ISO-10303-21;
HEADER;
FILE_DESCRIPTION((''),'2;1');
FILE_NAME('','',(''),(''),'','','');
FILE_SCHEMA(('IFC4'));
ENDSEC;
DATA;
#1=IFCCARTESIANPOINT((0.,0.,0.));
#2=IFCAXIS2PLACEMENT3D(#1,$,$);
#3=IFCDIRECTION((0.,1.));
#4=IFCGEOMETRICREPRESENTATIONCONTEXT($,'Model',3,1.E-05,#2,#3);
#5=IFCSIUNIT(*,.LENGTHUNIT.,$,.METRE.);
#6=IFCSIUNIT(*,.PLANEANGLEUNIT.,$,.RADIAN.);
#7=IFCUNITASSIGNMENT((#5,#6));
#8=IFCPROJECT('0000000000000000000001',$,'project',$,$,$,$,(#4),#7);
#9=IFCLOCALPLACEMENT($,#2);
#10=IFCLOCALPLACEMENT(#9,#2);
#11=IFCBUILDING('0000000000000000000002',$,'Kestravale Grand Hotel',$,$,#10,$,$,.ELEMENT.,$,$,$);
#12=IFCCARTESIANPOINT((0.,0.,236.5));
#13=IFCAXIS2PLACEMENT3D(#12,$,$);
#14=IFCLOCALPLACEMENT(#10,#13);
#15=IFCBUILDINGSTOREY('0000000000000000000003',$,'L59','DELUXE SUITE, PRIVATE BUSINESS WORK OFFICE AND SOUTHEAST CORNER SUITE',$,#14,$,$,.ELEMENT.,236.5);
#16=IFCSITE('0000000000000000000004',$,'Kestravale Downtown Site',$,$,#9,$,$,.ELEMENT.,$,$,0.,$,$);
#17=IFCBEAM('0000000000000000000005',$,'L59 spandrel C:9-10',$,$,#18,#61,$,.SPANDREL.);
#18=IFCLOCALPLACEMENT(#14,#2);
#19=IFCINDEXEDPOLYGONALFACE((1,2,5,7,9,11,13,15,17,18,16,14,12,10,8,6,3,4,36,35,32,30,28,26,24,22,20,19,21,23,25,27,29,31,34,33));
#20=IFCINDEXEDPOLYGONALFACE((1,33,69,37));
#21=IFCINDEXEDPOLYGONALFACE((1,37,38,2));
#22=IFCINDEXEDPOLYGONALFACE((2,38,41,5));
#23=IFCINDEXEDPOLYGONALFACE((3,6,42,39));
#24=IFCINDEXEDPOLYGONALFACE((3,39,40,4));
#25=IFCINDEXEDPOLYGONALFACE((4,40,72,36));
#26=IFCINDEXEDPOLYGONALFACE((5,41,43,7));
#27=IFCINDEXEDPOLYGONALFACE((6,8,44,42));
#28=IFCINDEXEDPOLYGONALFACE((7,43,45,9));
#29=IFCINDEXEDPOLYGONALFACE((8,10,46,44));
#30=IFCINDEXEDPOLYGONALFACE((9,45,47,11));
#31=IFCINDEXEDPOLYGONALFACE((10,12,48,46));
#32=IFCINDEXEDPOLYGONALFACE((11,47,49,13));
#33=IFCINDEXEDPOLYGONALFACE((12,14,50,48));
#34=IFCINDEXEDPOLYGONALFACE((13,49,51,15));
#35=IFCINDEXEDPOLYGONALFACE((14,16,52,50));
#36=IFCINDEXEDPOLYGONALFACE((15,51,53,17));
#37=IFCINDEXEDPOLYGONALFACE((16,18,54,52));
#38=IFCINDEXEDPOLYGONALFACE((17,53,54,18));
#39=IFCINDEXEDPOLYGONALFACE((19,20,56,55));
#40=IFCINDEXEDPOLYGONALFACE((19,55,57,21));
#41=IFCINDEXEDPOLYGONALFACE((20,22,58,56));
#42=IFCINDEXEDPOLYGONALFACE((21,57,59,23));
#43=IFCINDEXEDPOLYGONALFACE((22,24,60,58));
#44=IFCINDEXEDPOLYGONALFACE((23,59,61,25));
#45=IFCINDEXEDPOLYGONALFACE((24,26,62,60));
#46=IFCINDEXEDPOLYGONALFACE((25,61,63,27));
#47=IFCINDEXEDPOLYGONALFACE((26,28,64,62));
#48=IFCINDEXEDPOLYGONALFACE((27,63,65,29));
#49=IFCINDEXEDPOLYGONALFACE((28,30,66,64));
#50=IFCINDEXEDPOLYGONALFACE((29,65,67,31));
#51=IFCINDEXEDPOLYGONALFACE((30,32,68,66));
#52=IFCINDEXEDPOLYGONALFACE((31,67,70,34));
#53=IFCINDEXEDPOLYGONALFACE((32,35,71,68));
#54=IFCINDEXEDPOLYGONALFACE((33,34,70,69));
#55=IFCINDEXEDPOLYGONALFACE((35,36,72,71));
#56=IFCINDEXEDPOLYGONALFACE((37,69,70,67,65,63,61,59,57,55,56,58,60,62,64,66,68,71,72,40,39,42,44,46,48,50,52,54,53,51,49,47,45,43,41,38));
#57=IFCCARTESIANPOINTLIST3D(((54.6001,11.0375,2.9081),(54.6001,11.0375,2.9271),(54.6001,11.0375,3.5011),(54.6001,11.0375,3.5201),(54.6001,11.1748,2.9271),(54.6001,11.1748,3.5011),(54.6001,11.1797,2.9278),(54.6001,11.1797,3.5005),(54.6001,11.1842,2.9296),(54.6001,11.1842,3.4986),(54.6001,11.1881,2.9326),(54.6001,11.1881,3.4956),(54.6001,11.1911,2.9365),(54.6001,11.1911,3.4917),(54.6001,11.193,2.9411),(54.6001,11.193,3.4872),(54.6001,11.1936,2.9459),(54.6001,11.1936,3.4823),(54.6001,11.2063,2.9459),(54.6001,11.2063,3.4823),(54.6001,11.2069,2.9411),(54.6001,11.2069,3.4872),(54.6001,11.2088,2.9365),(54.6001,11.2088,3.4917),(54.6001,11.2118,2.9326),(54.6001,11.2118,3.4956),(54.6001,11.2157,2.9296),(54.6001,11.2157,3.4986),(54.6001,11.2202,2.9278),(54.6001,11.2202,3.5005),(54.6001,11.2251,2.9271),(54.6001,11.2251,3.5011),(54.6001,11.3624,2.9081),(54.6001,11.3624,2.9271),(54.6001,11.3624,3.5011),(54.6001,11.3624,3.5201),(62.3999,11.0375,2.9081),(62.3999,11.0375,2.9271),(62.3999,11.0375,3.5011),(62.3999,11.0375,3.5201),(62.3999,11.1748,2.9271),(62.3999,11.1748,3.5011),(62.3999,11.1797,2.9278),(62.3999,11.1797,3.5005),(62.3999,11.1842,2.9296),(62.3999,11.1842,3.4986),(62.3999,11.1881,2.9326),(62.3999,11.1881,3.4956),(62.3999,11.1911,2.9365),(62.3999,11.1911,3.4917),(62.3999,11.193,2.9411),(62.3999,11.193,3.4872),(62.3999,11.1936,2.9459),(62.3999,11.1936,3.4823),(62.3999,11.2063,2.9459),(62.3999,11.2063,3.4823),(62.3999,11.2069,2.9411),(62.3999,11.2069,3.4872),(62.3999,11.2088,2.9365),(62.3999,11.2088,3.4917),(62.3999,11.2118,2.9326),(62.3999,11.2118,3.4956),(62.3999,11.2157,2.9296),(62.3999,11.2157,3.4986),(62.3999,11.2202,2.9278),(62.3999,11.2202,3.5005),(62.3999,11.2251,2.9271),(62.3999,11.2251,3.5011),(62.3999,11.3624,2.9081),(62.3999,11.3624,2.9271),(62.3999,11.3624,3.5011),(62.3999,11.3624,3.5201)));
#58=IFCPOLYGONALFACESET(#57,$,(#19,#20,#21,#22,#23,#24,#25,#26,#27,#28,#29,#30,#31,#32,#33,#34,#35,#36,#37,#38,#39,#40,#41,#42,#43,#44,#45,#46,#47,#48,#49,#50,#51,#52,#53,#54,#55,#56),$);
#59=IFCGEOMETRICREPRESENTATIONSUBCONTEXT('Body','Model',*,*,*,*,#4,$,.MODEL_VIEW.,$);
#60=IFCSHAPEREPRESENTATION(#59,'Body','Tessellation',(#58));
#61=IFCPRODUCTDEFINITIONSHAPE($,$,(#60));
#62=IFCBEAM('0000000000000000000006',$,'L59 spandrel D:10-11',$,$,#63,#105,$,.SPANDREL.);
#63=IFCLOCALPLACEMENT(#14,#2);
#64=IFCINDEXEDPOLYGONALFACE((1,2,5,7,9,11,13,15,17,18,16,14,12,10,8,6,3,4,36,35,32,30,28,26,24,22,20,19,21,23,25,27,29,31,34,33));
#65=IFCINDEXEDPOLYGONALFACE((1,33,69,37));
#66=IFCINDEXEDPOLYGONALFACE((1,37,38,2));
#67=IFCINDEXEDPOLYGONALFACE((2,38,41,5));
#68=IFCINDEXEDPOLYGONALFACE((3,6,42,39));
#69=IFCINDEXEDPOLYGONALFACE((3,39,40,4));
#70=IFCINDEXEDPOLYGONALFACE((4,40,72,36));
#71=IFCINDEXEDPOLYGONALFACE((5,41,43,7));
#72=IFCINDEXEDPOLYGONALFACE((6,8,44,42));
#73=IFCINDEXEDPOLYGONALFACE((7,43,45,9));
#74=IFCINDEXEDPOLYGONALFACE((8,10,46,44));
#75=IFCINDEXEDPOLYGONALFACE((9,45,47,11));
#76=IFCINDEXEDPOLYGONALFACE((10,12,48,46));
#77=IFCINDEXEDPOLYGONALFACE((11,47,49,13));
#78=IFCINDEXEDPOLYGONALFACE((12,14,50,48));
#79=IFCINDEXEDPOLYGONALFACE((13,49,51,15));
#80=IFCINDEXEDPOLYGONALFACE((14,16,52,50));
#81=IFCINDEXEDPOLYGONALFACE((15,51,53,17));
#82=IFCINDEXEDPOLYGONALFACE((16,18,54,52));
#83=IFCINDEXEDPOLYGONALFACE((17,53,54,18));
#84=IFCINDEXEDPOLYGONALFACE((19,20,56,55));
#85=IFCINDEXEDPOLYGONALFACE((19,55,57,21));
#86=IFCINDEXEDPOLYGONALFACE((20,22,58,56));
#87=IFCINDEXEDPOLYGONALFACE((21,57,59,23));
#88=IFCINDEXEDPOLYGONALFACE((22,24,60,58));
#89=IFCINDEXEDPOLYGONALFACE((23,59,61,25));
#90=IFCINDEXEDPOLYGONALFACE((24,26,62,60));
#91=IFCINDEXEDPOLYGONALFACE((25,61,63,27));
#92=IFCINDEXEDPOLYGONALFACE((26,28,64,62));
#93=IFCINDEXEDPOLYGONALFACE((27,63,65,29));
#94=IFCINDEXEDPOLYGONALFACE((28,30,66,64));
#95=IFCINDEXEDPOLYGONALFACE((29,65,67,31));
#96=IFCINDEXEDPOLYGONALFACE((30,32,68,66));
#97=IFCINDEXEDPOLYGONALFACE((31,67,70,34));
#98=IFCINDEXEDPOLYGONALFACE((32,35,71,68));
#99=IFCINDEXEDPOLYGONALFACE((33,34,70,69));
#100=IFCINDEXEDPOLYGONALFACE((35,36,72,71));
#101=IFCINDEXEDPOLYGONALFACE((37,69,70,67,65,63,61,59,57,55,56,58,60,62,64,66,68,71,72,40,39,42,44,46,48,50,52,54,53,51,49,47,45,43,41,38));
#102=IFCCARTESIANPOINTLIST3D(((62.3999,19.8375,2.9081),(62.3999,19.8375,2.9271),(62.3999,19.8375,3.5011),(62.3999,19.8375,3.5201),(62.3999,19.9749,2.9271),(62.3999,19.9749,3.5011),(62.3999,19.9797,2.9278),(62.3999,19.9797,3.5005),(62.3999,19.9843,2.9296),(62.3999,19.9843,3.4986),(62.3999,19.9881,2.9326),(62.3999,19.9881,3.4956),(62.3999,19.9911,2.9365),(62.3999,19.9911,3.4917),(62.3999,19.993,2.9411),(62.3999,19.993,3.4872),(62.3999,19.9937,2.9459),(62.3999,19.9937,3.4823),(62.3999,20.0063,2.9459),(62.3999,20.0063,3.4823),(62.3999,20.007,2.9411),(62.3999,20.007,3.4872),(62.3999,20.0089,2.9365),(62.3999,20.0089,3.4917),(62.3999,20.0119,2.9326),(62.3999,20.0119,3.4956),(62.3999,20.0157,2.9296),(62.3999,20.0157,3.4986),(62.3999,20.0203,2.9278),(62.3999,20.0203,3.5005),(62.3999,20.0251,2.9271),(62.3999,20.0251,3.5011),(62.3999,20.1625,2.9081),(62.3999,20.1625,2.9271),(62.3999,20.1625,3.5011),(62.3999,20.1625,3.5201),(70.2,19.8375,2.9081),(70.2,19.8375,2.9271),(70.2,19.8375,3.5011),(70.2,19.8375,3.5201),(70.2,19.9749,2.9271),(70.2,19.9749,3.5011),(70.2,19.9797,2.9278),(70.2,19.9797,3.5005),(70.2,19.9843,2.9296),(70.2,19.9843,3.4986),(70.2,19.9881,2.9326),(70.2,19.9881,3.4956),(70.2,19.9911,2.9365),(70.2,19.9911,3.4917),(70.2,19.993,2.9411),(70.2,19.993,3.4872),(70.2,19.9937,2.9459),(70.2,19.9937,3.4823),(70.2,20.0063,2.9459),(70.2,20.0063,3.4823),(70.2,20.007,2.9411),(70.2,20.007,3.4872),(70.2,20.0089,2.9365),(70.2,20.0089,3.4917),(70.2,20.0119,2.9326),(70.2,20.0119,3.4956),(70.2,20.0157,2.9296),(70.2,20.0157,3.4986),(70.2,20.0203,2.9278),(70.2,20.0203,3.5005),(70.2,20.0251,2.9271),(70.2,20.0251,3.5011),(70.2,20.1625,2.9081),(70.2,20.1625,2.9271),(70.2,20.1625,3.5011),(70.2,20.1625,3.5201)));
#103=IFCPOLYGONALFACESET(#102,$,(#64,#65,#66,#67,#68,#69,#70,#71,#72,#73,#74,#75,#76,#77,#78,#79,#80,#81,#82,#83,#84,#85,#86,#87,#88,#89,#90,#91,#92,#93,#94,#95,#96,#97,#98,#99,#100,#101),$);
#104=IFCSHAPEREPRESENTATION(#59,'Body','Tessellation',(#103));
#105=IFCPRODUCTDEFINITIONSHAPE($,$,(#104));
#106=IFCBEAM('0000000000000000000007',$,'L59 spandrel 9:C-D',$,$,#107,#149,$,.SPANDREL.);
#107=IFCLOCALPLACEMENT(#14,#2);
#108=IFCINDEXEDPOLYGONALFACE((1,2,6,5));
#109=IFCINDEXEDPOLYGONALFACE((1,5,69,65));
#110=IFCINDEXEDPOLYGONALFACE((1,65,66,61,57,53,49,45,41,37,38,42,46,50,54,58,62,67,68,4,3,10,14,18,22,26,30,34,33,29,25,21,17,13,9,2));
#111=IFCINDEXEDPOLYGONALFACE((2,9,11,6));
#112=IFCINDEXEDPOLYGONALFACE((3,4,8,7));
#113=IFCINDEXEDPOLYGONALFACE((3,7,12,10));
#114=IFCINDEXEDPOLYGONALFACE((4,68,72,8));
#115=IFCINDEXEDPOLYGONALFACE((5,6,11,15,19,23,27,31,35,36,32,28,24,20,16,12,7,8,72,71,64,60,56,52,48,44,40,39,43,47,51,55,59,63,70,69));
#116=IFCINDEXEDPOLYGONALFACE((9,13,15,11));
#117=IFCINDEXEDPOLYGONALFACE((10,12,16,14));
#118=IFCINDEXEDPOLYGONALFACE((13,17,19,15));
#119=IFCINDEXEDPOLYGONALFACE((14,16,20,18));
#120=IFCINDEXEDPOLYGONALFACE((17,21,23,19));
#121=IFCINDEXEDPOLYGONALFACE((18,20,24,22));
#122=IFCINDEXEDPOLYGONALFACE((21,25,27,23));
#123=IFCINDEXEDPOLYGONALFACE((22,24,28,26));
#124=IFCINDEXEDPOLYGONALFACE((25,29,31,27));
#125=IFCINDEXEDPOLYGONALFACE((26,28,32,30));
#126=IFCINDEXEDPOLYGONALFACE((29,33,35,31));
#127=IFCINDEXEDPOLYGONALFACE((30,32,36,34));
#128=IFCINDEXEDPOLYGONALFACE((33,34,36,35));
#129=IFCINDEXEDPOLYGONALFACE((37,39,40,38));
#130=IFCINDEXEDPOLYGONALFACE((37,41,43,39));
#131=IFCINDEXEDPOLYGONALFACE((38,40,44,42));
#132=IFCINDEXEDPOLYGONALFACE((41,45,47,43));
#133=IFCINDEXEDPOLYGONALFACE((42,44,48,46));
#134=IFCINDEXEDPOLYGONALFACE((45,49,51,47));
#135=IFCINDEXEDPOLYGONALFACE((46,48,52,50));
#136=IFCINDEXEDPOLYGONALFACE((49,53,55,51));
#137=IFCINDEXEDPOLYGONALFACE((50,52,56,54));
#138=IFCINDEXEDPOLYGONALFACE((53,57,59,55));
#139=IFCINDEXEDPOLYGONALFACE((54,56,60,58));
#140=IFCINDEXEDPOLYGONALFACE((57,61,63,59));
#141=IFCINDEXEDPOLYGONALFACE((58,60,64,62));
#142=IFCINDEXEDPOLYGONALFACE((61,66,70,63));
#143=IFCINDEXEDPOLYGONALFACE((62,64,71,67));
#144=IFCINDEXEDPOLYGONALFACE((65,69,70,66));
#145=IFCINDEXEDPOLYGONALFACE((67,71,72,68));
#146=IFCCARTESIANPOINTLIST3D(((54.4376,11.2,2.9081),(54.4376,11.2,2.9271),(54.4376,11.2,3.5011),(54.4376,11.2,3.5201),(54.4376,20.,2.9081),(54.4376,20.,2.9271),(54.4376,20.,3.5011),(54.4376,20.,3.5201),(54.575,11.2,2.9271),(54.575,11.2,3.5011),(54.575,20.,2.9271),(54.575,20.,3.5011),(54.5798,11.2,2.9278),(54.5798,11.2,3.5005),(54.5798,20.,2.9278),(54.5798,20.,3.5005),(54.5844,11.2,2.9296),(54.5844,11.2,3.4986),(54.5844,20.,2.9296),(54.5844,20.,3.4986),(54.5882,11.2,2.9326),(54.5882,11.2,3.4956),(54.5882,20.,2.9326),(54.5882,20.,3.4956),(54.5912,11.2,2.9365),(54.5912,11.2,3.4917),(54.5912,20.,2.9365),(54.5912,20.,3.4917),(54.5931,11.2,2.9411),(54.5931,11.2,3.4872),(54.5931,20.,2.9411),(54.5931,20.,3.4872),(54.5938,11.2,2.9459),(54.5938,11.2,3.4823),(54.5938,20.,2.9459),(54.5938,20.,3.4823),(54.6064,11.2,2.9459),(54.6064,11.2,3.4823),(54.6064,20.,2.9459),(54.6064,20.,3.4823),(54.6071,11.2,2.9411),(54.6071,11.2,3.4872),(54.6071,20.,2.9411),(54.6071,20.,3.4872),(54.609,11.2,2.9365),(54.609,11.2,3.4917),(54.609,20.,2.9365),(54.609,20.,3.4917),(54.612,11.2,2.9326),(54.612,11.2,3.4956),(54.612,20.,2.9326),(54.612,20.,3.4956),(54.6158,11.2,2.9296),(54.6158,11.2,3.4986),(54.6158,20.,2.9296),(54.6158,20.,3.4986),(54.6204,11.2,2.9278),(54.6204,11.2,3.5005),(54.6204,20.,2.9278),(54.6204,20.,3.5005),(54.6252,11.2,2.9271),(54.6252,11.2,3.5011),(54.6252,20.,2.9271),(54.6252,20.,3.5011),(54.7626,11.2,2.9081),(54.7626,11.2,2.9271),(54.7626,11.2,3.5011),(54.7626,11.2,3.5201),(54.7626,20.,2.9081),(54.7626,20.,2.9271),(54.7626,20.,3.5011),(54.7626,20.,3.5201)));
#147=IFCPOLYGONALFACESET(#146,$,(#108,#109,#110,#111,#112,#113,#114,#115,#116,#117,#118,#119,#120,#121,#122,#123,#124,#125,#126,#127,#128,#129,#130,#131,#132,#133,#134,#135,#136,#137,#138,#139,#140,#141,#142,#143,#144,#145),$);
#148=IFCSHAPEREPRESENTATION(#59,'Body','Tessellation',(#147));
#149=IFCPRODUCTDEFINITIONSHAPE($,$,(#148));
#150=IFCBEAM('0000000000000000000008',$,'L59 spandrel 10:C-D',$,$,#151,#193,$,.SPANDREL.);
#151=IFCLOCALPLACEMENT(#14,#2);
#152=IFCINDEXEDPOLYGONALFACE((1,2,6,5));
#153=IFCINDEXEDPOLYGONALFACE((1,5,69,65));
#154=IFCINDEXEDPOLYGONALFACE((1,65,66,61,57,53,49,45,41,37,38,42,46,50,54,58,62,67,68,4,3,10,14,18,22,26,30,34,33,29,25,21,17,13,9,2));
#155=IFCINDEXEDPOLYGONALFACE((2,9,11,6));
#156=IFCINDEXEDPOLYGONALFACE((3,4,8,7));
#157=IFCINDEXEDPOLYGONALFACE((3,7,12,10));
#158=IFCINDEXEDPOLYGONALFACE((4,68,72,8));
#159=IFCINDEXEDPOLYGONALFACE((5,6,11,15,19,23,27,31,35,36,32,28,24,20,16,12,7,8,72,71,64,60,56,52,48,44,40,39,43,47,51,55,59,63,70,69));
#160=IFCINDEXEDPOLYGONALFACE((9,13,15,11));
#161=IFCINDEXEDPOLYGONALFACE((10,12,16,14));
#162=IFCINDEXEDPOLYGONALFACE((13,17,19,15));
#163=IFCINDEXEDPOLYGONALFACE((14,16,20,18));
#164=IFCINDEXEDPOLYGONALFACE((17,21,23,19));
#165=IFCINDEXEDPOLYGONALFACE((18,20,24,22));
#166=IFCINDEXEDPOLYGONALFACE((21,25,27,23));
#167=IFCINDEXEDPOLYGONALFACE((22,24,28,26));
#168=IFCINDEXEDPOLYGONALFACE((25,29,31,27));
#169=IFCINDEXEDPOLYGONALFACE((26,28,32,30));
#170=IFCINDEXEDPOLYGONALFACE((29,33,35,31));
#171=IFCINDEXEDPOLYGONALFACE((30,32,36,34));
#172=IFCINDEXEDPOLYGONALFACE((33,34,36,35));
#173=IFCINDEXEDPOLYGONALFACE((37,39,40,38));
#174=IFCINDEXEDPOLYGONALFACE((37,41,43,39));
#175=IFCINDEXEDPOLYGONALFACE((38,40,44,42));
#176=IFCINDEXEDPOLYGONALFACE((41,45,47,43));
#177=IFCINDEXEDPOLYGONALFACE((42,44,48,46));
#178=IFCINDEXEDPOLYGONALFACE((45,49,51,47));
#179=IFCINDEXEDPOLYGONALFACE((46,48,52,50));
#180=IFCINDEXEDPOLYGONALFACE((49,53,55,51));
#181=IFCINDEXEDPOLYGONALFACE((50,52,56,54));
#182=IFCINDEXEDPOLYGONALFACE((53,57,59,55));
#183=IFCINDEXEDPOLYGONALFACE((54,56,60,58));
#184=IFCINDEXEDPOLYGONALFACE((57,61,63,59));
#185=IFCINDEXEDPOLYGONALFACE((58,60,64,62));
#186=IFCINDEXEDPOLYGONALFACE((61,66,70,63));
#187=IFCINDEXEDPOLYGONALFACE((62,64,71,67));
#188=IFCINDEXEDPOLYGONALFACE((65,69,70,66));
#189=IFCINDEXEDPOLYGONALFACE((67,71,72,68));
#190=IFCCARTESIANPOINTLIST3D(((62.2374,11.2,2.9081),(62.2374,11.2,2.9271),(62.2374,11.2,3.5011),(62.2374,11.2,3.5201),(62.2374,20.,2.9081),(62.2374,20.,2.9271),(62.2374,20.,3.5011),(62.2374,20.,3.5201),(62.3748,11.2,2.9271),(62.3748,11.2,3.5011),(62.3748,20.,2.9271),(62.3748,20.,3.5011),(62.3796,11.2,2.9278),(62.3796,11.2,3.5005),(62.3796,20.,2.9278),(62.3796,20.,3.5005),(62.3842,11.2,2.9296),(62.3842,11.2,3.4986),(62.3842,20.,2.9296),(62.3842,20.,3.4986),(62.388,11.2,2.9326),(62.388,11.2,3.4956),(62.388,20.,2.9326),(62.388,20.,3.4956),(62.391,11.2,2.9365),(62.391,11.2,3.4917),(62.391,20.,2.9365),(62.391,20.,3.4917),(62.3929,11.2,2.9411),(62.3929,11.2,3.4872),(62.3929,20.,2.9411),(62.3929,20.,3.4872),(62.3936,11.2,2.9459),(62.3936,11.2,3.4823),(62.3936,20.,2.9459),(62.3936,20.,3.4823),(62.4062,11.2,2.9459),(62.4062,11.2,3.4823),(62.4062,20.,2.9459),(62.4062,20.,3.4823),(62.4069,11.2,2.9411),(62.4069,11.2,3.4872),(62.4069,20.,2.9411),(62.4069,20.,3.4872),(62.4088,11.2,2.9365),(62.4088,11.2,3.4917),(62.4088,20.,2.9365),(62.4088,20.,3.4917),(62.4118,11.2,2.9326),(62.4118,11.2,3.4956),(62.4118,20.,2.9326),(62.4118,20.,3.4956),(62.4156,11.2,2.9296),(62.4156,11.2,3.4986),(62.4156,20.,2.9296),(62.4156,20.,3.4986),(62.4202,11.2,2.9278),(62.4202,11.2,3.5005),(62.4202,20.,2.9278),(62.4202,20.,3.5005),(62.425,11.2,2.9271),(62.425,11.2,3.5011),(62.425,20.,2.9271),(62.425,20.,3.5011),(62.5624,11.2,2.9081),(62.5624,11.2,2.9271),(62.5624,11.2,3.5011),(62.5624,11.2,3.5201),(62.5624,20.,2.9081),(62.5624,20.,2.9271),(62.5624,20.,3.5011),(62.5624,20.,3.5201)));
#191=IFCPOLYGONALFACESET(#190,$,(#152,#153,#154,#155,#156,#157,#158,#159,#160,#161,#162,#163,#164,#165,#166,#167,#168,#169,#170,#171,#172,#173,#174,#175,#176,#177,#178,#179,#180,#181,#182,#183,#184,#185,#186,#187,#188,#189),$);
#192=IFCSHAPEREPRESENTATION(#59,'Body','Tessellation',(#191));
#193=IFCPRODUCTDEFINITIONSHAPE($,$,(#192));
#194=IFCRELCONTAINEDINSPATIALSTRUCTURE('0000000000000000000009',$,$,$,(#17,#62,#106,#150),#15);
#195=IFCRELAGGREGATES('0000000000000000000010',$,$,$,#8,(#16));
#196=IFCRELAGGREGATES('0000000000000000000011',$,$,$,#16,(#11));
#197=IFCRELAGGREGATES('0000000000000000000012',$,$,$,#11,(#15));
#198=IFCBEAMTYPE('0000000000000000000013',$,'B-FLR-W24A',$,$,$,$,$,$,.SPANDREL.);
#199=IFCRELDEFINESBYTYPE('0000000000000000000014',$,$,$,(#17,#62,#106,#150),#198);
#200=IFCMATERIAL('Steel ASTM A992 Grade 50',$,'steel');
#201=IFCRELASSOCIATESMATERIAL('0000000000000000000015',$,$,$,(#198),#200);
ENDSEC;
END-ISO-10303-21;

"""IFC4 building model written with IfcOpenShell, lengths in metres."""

from ifc_helpers import new_model, si_unit, direction, frame, origin, origin_2d, place, context, subcontext, project, spatial, i_section, extrude, material, material_profile, profile_set, type_object, element, save


model = new_model("IFC4")

# Units and contexts
model_context = context("Model", 3, precision=1e-05, world=origin(), true_north=direction((0.0, 1.0)))
body_context = subcontext(model_context, "Body", "Model", "MODEL_VIEW")
ifc_project = project(units=[si_unit("LENGTHUNIT", "METRE"), si_unit("PLANEANGLEUNIT", "RADIAN")], contexts=[model_context])

# Site, building, storey
site_placement = place(None, origin())
site = spatial("IfcSite", under=ifc_project, at=site_placement, Name="Kestravale Downtown Site", CompositionType="ELEMENT", RefElevation=0.0)
building_placement = place(site_placement, origin())
building = spatial("IfcBuilding", under=site, at=building_placement, Name="Kestravale Grand Hotel", CompositionType="ELEMENT")
storey_placement = place(building_placement, frame((0.0, 0.0, 236.5)))
storey = spatial("IfcBuildingStorey", under=building, at=storey_placement, Name="L59", Description="DELUXE SUITE, PRIVATE BUSINESS WORK OFFICE AND SOUTHEAST CORNER SUITE", CompositionType="ELEMENT", Elevation=236.5)

# Beams
ifc_material_1 = material(Name="Steel ASTM A992 Grade 50", Category="steel")
ifc_material_profile_1 = material_profile(ifc_material_1, i_section(OverallWidth=0.325, OverallDepth=0.6121, WebThickness=0.0127, FlangeThickness=0.019, FilletRadius=0.0188, at=origin_2d()))
ifc_profile_set_1 = profile_set([ifc_material_profile_1], Name="Steel ASTM A992 Grade 50")
beam_type_1 = type_object("IfcBeamType", Name="B-FLR-W24A", PredefinedType="SPANDREL", material=ifc_profile_set_1)
beam_1_placement = place(storey_placement, frame((54.6001, 11.2, 3.2141), z_axis=(1.0, 0.0, 0.0), x_axis=(0.0, 1.0, 0.0)))
element("IfcBeam", 1, at=beam_1_placement, inside=storey, type_object=beam_type_1, Name="L59 spandrel C:9-10", PredefinedType="SPANDREL", context=body_context, shape_type="SweptSolid", body=[
    extrude(i_section(OverallWidth=0.325, OverallDepth=0.6121, WebThickness=0.0127, FlangeThickness=0.019, FilletRadius=0.0188, at=origin_2d()), origin(), (0.0, 0.0, 1.0), 7.7998),
])
beam_2_placement = place(storey_placement, frame((62.3999, 20.0, 3.2141), z_axis=(1.0, 0.0, 0.0), x_axis=(0.0, 1.0, 0.0)))
element("IfcBeam", 2, at=beam_2_placement, inside=storey, type_object=beam_type_1, Name="L59 spandrel D:10-11", PredefinedType="SPANDREL", context=body_context, shape_type="SweptSolid", body=[
    extrude(i_section(OverallWidth=0.325, OverallDepth=0.6121, WebThickness=0.0127, FlangeThickness=0.019, FilletRadius=0.0188, at=origin_2d()), origin(), (0.0, 0.0, 1.0), 7.8),
])
for number, where, z_axis, x_axis, name in (
    (3, (54.6001, 11.2, 3.2141), (0.0, 1.0, 0.0), (-1.0, 0.0, 0.0), "L59 spandrel 9:C-D"),
    (4, (62.3999, 11.2, 3.2141), (0.0, 1.0, 0.0), (-1.0, 0.0, 0.0), "L59 spandrel 10:C-D"),
):
    element("IfcBeam", number, at=place(storey_placement, frame(where, z_axis=z_axis, x_axis=x_axis)), inside=storey, type_object=beam_type_1, Name=name, PredefinedType="SPANDREL", context=body_context, shape_type="SweptSolid", body=[
        extrude(i_section(OverallWidth=0.325, OverallDepth=0.6121, WebThickness=0.0127, FlangeThickness=0.019, FilletRadius=0.0188, at=origin_2d()), origin(), (0.0, 0.0, 1.0), 8.8),
    ])

save(model, "model.ifc")
